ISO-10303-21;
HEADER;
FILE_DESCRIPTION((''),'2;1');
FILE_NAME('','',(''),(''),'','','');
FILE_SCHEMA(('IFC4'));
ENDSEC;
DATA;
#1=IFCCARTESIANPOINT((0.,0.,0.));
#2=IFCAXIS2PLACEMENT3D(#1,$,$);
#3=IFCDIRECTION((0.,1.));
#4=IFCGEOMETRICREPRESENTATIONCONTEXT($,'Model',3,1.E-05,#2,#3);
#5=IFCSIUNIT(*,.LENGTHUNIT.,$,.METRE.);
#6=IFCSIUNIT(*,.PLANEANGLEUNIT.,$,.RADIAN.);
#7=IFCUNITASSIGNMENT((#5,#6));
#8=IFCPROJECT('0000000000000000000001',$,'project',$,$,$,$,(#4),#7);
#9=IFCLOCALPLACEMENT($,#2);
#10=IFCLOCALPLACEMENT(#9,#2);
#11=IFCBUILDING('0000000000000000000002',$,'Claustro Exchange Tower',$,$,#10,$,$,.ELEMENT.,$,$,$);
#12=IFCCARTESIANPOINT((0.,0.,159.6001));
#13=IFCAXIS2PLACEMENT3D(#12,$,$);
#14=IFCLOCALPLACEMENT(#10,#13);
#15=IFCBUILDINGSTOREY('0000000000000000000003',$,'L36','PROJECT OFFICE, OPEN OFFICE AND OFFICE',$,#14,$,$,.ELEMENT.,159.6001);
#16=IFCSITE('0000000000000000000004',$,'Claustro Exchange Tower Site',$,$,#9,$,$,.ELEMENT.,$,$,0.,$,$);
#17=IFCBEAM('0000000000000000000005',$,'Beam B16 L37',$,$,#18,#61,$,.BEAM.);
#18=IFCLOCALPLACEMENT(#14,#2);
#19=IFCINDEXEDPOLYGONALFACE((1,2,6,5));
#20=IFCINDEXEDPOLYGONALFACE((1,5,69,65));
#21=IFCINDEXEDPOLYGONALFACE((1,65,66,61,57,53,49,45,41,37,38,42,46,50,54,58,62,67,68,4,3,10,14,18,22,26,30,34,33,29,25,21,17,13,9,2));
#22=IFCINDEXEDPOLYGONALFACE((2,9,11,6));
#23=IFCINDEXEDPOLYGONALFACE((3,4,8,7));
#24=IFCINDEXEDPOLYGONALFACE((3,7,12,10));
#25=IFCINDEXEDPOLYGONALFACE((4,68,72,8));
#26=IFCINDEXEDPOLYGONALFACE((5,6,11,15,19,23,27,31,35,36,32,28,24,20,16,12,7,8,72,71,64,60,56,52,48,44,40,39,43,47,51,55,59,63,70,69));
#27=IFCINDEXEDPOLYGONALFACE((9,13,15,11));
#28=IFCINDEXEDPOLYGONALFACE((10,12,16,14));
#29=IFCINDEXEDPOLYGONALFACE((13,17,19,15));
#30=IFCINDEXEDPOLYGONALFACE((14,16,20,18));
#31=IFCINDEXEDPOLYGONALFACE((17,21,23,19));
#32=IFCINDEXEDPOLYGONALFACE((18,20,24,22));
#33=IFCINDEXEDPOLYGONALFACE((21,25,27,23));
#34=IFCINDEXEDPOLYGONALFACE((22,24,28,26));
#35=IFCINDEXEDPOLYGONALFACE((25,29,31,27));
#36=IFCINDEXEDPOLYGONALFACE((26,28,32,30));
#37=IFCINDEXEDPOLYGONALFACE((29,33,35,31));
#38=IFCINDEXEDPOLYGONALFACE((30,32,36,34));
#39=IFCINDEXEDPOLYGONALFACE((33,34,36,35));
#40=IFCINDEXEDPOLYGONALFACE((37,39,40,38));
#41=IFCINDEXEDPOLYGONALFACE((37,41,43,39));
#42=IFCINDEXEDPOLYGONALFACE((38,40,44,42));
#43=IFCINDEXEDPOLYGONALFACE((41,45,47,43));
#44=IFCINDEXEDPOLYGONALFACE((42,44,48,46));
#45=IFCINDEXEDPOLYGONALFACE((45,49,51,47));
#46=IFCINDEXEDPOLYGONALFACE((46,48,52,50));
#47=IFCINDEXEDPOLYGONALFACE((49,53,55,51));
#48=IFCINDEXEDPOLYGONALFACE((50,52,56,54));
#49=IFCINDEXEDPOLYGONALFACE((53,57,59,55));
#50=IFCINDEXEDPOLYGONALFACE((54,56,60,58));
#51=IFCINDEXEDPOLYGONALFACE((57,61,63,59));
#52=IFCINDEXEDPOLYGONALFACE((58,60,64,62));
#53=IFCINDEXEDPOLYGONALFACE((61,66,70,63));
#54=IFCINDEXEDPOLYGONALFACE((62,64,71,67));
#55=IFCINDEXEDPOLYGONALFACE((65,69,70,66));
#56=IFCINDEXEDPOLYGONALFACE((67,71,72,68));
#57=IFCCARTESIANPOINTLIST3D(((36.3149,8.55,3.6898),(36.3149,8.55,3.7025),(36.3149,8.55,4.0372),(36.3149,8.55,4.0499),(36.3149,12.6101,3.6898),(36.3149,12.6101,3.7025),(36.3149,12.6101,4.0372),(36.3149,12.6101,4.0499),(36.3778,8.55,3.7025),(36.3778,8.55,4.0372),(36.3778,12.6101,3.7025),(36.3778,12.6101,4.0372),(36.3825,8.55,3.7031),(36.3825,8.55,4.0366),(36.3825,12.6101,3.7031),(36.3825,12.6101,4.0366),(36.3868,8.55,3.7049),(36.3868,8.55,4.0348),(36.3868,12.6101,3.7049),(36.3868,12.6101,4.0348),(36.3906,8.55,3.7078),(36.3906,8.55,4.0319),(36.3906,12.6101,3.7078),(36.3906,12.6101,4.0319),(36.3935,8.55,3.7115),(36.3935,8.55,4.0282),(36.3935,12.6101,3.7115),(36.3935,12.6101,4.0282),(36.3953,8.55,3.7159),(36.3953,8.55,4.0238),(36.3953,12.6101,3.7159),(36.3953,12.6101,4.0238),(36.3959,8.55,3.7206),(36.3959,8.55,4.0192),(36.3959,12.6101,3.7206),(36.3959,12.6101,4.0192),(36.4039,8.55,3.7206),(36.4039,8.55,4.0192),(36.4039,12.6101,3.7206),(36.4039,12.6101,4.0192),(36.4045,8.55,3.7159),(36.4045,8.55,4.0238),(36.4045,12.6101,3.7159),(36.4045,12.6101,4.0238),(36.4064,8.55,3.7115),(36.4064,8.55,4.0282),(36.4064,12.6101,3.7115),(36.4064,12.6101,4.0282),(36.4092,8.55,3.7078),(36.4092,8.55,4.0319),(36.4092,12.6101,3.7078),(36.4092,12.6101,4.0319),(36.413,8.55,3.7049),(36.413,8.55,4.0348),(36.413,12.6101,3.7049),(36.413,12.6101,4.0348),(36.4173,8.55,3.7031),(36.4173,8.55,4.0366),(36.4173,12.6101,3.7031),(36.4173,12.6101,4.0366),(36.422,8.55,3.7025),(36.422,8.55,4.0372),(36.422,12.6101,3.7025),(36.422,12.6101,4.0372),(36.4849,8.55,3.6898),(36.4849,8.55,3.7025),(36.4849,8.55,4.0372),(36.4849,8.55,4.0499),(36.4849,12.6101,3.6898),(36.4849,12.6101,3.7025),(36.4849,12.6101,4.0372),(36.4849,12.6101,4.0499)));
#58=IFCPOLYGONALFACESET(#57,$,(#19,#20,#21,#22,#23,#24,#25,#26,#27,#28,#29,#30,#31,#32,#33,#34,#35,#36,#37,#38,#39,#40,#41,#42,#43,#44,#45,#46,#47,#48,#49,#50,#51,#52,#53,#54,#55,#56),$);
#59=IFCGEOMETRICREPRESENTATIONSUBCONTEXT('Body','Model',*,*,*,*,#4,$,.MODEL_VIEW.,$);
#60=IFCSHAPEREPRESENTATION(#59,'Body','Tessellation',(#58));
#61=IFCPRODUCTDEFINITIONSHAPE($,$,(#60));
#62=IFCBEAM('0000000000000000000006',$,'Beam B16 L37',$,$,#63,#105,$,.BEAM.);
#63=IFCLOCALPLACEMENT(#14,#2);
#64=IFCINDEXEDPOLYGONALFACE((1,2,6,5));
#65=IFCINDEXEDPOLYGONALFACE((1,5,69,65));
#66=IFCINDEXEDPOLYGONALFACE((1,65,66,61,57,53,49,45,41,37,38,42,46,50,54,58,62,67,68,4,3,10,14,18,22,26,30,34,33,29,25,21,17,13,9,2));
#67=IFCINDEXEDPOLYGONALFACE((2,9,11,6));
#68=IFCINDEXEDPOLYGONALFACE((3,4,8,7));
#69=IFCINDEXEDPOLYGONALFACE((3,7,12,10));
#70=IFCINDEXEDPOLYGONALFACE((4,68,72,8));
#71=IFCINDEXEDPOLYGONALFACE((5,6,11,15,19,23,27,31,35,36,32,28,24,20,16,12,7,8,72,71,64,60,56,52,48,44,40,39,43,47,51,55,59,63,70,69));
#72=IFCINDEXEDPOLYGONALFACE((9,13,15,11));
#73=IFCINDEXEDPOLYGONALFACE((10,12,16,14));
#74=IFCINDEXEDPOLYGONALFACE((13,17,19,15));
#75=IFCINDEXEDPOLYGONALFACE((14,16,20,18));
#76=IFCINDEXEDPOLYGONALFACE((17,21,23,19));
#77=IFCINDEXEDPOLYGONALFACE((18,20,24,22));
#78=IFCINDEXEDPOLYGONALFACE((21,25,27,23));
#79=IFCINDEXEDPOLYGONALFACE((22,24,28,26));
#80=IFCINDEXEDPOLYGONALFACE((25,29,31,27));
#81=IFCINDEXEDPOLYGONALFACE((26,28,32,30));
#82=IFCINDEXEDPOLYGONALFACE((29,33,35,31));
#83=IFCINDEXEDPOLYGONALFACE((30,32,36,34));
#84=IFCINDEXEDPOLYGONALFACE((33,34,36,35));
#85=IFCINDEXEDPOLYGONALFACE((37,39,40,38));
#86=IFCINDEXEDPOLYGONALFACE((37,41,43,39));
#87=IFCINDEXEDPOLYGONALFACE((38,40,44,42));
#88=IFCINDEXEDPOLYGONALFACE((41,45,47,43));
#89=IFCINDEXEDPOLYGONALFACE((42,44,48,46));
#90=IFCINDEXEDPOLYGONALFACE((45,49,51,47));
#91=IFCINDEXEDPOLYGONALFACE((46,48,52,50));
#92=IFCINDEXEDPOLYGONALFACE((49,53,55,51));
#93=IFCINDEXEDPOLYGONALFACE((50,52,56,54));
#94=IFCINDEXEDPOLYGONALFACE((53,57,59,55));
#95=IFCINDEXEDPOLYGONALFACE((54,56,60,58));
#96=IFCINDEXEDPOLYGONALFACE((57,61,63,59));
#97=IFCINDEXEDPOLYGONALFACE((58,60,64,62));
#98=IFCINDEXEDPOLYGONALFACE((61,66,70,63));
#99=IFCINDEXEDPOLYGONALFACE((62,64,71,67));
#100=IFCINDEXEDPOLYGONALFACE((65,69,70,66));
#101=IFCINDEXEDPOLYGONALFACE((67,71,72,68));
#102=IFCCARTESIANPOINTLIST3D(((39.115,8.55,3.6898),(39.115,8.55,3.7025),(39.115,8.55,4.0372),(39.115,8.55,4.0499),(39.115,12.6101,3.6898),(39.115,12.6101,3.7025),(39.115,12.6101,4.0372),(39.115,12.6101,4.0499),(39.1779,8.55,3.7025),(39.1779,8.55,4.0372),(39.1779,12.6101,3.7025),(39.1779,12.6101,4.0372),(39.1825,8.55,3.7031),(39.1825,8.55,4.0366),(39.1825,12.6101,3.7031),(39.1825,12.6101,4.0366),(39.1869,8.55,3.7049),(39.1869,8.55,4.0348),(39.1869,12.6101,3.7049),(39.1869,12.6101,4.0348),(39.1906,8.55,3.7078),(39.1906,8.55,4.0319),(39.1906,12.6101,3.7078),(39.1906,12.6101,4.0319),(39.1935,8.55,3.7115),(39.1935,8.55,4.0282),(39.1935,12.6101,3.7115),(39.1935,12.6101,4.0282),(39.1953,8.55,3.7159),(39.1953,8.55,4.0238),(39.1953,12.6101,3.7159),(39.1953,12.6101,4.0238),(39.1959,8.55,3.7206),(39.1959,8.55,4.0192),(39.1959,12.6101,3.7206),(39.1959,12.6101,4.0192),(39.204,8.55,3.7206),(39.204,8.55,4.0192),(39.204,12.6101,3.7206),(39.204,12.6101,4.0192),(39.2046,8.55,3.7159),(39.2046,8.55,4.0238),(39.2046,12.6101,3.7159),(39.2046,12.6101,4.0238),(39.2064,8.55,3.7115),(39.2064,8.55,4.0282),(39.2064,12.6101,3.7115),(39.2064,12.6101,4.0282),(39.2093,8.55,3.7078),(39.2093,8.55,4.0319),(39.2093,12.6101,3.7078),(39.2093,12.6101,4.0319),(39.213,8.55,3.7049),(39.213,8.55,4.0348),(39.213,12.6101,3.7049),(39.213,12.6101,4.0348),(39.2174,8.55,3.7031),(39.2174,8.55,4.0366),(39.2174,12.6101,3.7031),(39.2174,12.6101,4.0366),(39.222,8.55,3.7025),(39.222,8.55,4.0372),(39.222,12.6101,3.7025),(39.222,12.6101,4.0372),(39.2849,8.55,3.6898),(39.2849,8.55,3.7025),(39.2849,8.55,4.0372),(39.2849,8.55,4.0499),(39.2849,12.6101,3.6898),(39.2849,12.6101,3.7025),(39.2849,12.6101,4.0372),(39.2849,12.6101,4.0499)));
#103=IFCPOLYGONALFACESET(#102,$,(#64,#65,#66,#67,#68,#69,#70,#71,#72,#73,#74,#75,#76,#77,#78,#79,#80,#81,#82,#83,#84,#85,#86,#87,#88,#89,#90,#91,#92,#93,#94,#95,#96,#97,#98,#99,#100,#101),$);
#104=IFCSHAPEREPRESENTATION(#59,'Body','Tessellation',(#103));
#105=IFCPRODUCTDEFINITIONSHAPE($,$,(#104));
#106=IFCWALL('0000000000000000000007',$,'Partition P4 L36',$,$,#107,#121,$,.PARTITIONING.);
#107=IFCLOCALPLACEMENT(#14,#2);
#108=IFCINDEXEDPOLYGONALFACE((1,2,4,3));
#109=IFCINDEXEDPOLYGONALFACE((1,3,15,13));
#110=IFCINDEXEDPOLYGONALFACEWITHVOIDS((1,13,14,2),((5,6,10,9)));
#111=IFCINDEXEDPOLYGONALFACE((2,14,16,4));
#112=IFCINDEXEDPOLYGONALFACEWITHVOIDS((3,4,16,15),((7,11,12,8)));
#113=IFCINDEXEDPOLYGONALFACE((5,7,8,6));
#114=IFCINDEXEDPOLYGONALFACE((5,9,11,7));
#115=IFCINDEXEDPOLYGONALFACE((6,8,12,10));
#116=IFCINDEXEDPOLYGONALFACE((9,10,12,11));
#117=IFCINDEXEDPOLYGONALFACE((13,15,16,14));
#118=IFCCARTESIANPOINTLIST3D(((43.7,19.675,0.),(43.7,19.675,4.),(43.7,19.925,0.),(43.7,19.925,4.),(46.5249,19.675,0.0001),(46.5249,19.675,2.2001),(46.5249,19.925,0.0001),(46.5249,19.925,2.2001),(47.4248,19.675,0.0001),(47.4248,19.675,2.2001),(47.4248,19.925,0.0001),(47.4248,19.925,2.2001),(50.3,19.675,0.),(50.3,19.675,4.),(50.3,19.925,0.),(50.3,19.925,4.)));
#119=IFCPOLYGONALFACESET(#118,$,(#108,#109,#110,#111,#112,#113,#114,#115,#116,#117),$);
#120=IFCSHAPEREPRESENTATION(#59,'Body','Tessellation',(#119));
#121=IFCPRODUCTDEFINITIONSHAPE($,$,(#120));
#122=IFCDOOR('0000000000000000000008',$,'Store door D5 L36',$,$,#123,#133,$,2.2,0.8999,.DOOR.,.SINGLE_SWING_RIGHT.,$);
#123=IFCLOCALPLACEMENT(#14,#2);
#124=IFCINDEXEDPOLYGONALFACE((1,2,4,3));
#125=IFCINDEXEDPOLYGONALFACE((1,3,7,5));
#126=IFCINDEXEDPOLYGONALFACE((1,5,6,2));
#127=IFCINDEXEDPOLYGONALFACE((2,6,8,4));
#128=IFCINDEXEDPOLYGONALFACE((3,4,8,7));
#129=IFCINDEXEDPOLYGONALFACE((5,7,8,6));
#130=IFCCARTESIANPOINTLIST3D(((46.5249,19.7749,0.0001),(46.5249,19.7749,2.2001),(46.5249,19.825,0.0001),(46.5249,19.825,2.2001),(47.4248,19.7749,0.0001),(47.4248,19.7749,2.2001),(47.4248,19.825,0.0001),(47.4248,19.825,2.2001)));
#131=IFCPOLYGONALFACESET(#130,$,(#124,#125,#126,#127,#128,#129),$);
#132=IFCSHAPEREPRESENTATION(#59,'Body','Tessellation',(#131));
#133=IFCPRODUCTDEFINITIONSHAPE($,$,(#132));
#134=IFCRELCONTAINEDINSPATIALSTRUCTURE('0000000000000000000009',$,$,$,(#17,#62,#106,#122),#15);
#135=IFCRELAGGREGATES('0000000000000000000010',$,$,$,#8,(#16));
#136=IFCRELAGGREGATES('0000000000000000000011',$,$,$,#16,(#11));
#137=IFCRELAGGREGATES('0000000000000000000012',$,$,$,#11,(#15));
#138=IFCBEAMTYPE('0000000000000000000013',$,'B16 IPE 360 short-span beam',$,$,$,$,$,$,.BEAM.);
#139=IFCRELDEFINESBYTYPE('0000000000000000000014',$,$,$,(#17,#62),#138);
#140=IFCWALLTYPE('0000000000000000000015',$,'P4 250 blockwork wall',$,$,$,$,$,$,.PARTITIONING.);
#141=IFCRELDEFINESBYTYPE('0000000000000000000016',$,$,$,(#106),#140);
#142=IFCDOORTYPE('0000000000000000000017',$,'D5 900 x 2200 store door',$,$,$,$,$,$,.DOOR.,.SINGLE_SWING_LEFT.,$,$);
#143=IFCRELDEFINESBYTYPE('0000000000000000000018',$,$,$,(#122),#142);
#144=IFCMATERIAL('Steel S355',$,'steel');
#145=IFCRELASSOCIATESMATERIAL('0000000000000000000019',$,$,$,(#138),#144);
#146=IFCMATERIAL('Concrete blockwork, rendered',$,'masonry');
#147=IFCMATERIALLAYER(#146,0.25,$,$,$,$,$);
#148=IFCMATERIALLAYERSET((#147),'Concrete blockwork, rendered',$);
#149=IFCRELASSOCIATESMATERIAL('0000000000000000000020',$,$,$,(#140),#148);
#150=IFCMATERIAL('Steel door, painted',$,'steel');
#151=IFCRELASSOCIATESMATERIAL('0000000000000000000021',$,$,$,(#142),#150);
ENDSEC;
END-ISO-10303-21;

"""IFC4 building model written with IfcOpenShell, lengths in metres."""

from ifc_helpers import new_model, si_unit, direction, frame, frame_2d, origin, origin_2d, place, context, subcontext, project, spatial, rectangle, i_section, extrude, material, layer, layer_set, material_profile, profile_set, type_object, element, fill, save


model = new_model("IFC4")

# Units and contexts
model_context = context("Model", 3, precision=1e-05, world=origin(), true_north=direction((0.0, 1.0)))
body_context = subcontext(model_context, "Body", "Model", "MODEL_VIEW")
ifc_project = project(units=[si_unit("LENGTHUNIT", "METRE"), si_unit("PLANEANGLEUNIT", "RADIAN")], contexts=[model_context])

# Site, building, storey
site_placement = place(None, origin())
site = spatial("IfcSite", under=ifc_project, at=site_placement, Name="Claustro Exchange Tower Site", CompositionType="ELEMENT", RefElevation=0.0)
building_placement = place(site_placement, origin())
building = spatial("IfcBuilding", under=site, at=building_placement, Name="Claustro Exchange Tower", CompositionType="ELEMENT")
storey_placement = place(building_placement, frame((0.0, 0.0, 159.6001)))
storey = spatial("IfcBuildingStorey", under=building, at=storey_placement, Name="L36", Description="PROJECT OFFICE, OPEN OFFICE AND OFFICE", CompositionType="ELEMENT", Elevation=159.6001)

# Beams
ifc_material_1 = material(Name="Steel S355", Category="steel")
ifc_material_profile = material_profile(ifc_material_1, i_section(OverallWidth=0.1699, OverallDepth=0.3601, WebThickness=0.0081, FlangeThickness=0.0127, FilletRadius=0.0181, at=origin_2d()), Name="IPE 360")
ifc_profile_set = profile_set([ifc_material_profile], Name="Steel S355")
beam_type = type_object("IfcBeamType", Name="B16 IPE 360 short-span beam", PredefinedType="BEAM", material=ifc_profile_set)
for number, where, z_axis, x_axis, name in (
    (1, (36.3999, 8.55, 3.8699), (0.0, 1.0, 0.0), (-1.0, 0.0, 0.0), "Beam B16 L37"),
    (2, (39.2, 8.55, 3.8699), (0.0, 1.0, 0.0), (-1.0, 0.0, 0.0), "Beam B16 L37"),
):
    element("IfcBeam", number, at=place(storey_placement, frame(where, z_axis=z_axis, x_axis=x_axis)), inside=storey, type_object=beam_type, Name=name, PredefinedType="BEAM", context=body_context, shape_type="SweptSolid", body=[
        extrude(i_section(OverallWidth=0.1699, OverallDepth=0.3601, WebThickness=0.0081, FlangeThickness=0.0127, FilletRadius=0.0181, at=origin_2d()), origin(), (0.0, 0.0, 1.0), 4.0601),
    ])

# Wall, opening, door
ifc_material_2 = material(Name="Concrete blockwork, rendered", Category="masonry")
ifc_layer_1 = layer(ifc_material_2, 0.25)
ifc_layer_set_1 = layer_set([ifc_layer_1], Name="Concrete blockwork, rendered")
wall_type_1 = type_object("IfcWallType", Name="P4 250 blockwork wall", PredefinedType="PARTITIONING", material=ifc_layer_set_1)
wall_1_placement = place(storey_placement, frame((43.7, 19.8, 0.0), z_axis=(0.0, 0.0, 1.0), x_axis=(1.0, 0.0, 0.0)))
wall_1 = element("IfcWall", 3, at=wall_1_placement, inside=storey, type_object=wall_type_1, Name="Partition P4 L36", PredefinedType="PARTITIONING", context=body_context, shape_type="SweptSolid", body=[
    extrude(rectangle(XDim=6.6001, YDim=0.25, at=frame_2d((3.3, 0.0))), origin(), (0.0, 0.0, 1.0), 4.0),
])
opening_1_placement = place(wall_1_placement, frame((2.825, 0.0, 0.0)))
opening_1 = element("IfcOpeningElement", 4, at=opening_1_placement, cuts=wall_1, PredefinedType="OPENING", context=body_context, shape_type="SweptSolid", body=[
    extrude(rectangle(XDim=0.8999, YDim=2.2, at=frame_2d((0.45, 1.1001))), frame((0.0, 0.135, 0.0), z_axis=(0.0, -1.0, 0.0), x_axis=(1.0, 0.0, 0.0)), (0.0, 0.0, 1.0), 0.27),
])
ifc_material_3 = material(Name="Steel door, painted", Category="steel")
door_type_1 = type_object("IfcDoorType", Name="D5 900 x 2200 store door", OperationType="SINGLE_SWING_LEFT", PredefinedType="DOOR", material=ifc_material_3)
door_1_placement = place(opening_1_placement, origin())
door_1 = element("IfcDoor", 5, at=door_1_placement, inside=storey, type_object=door_type_1, Name="Store door D5 L36", OperationType="SINGLE_SWING_RIGHT", OverallHeight=2.2, OverallWidth=0.8999, PredefinedType="DOOR", context=body_context, shape_type="SweptSolid", body=[
    extrude(rectangle(XDim=0.8999, YDim=2.2, at=frame_2d((0.45, 1.1001))), frame((0.0, 0.0249, 0.0), z_axis=(0.0, -1.0, 0.0), x_axis=(1.0, 0.0, 0.0)), (0.0, 0.0, 1.0), 0.05),
])
fill(opening_1, door_1)

save(model, "model.ifc")
